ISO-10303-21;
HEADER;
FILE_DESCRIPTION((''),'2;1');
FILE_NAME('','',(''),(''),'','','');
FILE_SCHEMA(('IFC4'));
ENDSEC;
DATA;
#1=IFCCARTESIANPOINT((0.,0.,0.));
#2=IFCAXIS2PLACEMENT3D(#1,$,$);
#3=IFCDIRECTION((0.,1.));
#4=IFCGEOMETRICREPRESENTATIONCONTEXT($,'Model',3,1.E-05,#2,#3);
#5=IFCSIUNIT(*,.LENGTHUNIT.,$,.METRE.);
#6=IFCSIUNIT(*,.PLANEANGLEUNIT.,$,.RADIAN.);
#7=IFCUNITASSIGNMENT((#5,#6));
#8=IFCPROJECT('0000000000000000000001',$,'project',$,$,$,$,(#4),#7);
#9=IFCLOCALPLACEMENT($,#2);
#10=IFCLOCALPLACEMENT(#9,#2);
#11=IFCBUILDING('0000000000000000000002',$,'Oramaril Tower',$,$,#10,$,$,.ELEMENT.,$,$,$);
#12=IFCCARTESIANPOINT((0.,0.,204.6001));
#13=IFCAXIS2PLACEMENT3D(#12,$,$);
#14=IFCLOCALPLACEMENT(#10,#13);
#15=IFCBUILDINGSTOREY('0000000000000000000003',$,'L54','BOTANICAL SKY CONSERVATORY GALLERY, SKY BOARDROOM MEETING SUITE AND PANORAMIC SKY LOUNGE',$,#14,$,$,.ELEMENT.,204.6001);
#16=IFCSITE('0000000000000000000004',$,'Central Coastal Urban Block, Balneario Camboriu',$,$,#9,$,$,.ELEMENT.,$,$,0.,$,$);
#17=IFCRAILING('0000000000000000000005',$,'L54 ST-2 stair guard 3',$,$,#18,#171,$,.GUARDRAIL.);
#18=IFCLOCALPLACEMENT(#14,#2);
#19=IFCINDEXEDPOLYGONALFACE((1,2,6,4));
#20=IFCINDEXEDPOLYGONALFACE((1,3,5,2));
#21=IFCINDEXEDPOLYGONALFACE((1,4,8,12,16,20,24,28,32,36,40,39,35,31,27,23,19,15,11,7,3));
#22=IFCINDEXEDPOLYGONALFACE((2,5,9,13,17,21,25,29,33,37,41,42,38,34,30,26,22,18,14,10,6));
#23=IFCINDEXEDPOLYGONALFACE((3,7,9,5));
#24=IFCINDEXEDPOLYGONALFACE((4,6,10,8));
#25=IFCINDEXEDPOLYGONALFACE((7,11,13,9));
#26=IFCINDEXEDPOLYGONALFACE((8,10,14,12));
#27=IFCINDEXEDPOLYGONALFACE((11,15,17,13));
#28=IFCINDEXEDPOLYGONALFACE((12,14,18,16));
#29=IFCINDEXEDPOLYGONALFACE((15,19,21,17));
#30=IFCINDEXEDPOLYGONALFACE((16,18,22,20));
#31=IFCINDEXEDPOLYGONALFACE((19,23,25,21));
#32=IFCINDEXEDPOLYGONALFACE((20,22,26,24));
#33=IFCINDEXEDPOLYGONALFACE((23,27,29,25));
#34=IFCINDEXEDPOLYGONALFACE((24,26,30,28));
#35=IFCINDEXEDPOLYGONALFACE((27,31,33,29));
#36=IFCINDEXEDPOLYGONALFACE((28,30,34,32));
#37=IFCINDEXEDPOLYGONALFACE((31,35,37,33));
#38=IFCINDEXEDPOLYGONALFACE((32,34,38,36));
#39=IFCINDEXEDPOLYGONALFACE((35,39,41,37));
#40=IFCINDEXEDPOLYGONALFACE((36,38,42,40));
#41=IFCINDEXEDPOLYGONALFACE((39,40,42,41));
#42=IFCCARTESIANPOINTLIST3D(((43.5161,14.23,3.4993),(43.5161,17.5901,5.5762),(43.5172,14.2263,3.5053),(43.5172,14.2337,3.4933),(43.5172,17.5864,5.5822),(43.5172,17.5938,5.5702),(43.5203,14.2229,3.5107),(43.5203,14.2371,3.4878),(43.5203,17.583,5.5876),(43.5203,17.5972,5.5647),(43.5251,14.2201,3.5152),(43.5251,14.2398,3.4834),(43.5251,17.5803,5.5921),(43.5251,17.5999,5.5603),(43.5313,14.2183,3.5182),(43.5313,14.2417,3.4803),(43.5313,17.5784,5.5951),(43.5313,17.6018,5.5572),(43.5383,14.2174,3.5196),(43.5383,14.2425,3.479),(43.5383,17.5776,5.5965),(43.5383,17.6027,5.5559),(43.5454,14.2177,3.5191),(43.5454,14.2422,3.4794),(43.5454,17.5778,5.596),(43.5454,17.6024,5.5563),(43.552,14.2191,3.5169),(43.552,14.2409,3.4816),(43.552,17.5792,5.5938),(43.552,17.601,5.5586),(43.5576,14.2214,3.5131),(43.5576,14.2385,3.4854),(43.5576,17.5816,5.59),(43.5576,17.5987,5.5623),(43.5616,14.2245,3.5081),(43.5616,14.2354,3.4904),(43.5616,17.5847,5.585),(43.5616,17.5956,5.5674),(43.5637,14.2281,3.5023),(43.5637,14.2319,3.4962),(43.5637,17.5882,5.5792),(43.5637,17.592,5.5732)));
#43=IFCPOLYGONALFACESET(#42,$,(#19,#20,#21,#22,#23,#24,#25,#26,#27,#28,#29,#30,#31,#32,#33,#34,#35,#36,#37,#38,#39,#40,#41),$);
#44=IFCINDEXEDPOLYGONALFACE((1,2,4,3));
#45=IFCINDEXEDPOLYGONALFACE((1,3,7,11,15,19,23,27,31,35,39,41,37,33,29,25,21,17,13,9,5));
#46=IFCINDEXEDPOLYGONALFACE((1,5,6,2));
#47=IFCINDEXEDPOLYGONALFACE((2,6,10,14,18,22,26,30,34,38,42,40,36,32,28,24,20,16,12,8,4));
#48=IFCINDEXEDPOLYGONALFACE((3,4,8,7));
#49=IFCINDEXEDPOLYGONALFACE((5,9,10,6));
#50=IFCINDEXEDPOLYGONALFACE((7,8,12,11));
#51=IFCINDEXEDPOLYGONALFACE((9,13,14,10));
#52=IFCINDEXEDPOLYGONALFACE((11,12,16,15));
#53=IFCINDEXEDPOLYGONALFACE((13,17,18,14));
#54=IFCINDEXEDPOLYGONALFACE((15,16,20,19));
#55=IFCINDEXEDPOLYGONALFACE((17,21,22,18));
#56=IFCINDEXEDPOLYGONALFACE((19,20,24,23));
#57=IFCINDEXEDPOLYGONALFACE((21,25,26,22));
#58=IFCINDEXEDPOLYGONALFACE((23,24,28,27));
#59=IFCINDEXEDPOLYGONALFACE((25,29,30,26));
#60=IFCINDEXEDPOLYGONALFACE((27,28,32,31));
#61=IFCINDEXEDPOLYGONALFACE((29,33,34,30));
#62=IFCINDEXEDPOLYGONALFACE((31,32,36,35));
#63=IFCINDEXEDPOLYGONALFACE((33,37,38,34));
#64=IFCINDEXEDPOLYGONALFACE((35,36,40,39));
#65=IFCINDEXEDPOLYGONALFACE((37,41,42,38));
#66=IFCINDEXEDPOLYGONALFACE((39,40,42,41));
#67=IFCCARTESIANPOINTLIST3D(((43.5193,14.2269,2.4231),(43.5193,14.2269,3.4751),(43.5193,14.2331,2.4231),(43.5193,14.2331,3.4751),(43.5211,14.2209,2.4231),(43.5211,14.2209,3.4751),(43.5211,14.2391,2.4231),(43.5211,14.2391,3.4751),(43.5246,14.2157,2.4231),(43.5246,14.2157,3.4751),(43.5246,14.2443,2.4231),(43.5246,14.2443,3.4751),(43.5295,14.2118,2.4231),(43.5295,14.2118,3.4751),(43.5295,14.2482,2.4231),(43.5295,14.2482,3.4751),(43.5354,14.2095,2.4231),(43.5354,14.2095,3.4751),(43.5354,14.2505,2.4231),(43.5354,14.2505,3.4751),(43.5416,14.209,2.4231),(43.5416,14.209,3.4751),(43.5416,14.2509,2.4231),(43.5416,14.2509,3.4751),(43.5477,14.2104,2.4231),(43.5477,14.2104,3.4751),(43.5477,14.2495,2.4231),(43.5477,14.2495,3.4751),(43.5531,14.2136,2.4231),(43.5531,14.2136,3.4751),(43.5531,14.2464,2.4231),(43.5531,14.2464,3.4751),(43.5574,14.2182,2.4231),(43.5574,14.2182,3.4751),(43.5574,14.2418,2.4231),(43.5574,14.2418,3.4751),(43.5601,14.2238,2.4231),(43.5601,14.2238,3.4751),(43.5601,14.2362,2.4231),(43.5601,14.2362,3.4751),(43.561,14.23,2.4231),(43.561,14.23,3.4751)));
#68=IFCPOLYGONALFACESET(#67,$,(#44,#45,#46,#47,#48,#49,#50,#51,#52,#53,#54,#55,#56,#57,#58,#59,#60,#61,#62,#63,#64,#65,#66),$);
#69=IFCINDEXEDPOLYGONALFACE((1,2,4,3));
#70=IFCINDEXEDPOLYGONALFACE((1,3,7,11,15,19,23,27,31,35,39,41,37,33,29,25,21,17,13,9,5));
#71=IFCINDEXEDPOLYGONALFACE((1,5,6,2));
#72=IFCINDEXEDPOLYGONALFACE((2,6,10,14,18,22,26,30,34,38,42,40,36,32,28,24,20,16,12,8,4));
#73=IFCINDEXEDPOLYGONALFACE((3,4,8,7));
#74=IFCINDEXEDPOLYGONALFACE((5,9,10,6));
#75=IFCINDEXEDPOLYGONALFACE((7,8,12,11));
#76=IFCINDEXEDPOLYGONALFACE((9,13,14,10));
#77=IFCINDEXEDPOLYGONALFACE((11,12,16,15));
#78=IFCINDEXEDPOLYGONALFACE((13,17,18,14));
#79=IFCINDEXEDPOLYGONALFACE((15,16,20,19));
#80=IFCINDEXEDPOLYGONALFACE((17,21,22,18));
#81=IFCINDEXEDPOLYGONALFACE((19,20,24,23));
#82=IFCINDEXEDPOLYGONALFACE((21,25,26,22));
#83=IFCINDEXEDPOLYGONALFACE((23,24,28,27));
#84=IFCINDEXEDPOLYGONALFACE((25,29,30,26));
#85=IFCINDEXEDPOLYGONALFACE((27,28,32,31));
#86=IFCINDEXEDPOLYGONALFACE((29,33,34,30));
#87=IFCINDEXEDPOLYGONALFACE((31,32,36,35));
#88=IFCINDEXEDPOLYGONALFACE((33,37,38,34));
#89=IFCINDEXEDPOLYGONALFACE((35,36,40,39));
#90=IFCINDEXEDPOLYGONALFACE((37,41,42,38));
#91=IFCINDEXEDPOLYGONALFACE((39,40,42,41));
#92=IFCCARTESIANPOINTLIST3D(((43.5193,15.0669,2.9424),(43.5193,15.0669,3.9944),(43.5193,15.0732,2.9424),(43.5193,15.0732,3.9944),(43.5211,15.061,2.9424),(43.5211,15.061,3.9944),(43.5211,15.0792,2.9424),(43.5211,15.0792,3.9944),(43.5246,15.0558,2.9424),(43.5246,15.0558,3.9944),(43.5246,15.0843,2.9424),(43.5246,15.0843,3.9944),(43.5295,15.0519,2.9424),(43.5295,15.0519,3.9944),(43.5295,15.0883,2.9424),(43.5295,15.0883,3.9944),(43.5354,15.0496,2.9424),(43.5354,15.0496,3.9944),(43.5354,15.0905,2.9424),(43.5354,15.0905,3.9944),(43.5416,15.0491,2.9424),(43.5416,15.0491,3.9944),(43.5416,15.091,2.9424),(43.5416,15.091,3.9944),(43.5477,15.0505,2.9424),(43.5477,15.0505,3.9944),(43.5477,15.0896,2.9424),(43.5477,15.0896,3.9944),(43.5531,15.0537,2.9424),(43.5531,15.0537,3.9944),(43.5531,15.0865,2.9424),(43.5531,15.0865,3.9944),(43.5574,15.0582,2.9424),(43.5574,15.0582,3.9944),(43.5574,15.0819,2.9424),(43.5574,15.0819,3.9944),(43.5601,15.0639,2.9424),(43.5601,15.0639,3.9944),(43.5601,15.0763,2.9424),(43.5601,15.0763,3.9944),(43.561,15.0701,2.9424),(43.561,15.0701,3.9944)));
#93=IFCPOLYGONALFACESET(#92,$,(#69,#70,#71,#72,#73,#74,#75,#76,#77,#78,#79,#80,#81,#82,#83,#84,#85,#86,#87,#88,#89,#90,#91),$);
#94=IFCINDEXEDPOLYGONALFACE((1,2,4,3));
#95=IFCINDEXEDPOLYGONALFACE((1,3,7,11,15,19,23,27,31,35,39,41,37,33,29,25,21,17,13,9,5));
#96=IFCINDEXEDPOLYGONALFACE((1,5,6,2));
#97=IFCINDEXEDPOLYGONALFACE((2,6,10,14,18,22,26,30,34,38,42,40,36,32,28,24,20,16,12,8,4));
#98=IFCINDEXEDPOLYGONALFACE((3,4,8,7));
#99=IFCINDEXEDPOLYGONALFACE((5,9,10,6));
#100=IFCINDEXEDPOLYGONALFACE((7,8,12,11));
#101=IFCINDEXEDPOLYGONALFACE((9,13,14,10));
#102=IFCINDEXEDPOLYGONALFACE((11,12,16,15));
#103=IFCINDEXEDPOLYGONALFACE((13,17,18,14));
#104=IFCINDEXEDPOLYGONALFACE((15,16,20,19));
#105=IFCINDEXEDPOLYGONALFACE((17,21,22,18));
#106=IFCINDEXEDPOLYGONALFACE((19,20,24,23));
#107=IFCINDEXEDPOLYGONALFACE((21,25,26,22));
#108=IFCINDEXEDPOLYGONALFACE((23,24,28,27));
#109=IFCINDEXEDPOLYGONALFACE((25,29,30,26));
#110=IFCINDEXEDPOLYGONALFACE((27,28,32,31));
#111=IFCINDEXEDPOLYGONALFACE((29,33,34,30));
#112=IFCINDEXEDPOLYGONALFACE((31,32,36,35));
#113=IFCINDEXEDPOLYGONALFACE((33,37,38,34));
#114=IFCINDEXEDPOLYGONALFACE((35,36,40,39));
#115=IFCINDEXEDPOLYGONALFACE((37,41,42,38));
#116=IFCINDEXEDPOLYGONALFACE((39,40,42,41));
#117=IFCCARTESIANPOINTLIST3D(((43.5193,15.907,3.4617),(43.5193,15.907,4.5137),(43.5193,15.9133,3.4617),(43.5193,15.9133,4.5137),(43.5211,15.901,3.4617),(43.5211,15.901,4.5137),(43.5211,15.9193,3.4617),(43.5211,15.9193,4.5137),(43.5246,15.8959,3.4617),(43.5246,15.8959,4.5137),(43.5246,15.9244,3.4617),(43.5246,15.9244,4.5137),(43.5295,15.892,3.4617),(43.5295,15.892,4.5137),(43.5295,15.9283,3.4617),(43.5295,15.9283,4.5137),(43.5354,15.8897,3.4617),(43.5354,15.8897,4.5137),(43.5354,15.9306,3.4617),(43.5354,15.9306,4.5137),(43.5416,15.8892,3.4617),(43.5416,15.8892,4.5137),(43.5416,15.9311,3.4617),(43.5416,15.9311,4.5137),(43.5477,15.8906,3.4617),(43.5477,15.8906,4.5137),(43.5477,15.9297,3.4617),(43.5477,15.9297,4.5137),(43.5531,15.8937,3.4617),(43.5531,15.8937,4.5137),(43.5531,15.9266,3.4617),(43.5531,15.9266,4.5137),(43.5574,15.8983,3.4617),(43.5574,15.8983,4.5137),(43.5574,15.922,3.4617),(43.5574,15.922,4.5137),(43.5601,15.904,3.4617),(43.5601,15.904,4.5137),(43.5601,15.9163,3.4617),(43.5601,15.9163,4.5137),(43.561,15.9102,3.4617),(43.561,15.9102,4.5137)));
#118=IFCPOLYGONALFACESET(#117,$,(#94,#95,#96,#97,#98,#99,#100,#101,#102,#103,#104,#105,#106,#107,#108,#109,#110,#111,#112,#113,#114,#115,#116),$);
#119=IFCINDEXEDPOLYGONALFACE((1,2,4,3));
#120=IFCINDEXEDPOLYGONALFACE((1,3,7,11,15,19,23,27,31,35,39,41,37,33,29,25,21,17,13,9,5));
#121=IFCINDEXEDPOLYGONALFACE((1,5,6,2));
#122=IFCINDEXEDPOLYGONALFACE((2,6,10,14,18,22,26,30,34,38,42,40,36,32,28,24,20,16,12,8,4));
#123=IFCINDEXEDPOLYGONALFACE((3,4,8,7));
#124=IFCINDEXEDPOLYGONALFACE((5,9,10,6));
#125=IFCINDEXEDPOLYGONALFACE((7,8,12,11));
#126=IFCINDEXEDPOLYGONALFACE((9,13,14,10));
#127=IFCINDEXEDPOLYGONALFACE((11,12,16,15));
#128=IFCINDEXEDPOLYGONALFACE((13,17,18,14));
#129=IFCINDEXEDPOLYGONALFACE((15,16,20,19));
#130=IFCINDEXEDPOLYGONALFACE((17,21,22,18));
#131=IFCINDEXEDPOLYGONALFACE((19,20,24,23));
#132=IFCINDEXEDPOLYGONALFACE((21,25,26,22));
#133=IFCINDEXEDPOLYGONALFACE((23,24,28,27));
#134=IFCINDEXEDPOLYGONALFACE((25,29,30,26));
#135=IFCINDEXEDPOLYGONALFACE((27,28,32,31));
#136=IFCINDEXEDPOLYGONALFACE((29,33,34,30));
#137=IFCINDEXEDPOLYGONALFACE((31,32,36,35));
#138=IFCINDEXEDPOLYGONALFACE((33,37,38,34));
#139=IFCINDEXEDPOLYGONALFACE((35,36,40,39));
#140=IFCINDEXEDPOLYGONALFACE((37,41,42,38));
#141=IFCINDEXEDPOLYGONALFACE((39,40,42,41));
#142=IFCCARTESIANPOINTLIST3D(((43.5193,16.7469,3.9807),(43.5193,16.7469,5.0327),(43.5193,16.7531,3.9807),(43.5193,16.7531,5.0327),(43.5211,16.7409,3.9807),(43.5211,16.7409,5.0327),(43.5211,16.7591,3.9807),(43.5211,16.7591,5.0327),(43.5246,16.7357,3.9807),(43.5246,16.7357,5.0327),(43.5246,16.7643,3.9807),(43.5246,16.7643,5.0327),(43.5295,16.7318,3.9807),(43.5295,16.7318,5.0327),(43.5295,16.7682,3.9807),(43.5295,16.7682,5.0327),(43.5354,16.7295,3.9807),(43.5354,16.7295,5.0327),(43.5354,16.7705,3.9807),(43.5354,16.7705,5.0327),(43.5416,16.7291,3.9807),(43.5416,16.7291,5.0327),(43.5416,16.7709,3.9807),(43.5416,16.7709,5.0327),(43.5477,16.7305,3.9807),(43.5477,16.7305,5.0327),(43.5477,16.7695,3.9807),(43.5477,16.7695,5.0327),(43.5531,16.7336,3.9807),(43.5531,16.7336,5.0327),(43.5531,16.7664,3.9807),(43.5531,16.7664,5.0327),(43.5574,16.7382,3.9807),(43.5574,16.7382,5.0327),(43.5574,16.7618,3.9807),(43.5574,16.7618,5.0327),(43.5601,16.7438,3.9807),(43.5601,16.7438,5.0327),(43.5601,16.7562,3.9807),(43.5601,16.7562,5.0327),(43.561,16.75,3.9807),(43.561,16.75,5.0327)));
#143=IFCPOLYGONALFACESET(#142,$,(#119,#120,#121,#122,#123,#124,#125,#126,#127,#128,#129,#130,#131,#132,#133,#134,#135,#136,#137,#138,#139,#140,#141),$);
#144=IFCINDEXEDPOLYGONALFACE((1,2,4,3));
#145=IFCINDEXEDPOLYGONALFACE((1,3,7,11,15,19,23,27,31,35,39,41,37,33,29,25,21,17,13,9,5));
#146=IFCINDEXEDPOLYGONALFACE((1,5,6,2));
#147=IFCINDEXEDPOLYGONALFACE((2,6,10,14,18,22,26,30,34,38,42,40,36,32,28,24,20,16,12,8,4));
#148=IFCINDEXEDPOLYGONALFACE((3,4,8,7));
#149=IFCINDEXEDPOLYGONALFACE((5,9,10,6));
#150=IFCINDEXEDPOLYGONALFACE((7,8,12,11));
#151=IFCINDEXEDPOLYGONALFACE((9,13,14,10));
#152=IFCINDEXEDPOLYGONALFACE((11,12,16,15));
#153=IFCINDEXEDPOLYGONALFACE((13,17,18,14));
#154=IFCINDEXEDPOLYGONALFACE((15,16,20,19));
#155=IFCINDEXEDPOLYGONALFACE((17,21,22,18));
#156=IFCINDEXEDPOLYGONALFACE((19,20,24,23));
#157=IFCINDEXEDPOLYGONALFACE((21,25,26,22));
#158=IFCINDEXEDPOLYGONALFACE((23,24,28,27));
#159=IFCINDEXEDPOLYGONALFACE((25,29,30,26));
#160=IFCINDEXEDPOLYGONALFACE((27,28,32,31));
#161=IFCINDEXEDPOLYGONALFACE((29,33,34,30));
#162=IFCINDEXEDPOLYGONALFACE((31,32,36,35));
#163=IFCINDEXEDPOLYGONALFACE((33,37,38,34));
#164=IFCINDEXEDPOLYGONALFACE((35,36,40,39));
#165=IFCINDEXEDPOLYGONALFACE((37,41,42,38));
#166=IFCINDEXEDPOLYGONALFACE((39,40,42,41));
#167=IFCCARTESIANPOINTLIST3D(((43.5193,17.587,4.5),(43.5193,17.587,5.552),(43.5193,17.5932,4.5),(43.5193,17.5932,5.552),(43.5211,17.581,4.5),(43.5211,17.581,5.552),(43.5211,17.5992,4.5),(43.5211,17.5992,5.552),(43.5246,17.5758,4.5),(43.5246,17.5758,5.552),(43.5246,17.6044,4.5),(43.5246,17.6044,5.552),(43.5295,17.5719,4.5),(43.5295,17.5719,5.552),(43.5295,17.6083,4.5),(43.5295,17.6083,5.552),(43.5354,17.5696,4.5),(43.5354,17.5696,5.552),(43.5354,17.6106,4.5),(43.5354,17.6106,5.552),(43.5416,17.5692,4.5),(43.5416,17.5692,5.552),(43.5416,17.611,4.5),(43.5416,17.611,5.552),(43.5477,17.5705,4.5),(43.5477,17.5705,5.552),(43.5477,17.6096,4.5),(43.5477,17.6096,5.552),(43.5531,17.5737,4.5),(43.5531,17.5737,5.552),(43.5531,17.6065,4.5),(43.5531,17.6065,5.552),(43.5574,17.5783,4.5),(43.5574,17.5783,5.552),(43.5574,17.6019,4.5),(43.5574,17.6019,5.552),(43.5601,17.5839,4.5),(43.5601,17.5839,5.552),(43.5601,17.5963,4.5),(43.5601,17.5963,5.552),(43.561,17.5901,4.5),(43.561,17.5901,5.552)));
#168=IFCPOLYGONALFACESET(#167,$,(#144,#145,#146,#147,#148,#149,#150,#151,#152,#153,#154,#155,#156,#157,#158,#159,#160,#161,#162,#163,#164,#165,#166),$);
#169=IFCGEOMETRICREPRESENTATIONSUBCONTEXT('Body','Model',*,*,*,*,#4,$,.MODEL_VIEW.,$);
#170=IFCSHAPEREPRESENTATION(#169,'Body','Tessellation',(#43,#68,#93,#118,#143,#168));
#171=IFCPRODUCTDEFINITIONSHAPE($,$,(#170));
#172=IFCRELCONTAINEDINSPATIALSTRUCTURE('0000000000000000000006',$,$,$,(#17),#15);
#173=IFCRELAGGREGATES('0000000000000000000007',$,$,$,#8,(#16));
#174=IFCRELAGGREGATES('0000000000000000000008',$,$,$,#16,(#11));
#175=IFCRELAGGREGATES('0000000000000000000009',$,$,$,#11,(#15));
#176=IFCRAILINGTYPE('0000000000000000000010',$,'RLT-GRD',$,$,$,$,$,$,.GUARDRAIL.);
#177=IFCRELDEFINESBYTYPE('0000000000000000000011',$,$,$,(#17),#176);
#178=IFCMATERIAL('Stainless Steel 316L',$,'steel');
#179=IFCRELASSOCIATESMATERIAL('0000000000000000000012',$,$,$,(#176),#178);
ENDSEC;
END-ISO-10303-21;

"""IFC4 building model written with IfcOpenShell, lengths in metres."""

from ifc_helpers import new_model, si_unit, direction, frame, origin, origin_2d, place, context, subcontext, project, spatial, circle, extrude, material, type_object, element, save


model = new_model("IFC4")

# Units and contexts
model_context = context("Model", 3, precision=1e-05, world=origin(), true_north=direction((0.0, 1.0)))
body_context = subcontext(model_context, "Body", "Model", "MODEL_VIEW")
ifc_project = project(units=[si_unit("LENGTHUNIT", "METRE"), si_unit("PLANEANGLEUNIT", "RADIAN")], contexts=[model_context])

# Site, building, storey
site_placement = place(None, origin())
site = spatial("IfcSite", under=ifc_project, at=site_placement, Name="Central Coastal Urban Block, Balneario Camboriu", CompositionType="ELEMENT", RefElevation=0.0)
building_placement = place(site_placement, origin())
building = spatial("IfcBuilding", under=site, at=building_placement, Name="Oramaril Tower", CompositionType="ELEMENT")
storey_placement = place(building_placement, frame((0.0, 0.0, 204.6001)))
storey = spatial("IfcBuildingStorey", under=building, at=storey_placement, Name="L54", Description="BOTANICAL SKY CONSERVATORY GALLERY, SKY BOARDROOM MEETING SUITE AND PANORAMIC SKY LOUNGE", CompositionType="ELEMENT", Elevation=204.6001)

# Railing
ifc_material_1 = material(Name="Stainless Steel 316L", Category="steel")
railing_type_1 = type_object("IfcRailingType", Name="RLT-GRD", PredefinedType="GUARDRAIL", material=ifc_material_1)
railing_1_placement = place(storey_placement, frame((43.54, 14.23, 2.4231)))
element("IfcRailing", 1, at=railing_1_placement, inside=storey, type_object=railing_type_1, Name="L54 ST-2 stair guard 3", PredefinedType="GUARDRAIL", context=body_context, shape_type="SweptSolid", body=[
    extrude(circle(Radius=0.0239, at=origin_2d()), frame((0.0, 0.0, 1.0762), z_axis=(0.0, 0.850623, 0.525776), x_axis=(-1.0, 0.0, 0.0)), (0.0, 0.0, 1.0), 3.9502),
    extrude(circle(Radius=0.021, at=origin_2d()), origin(), (0.0, 0.0, 1.0), 1.052),
    extrude(circle(Radius=0.021, at=origin_2d()), frame((0.0, 0.8401, 0.5193)), (0.0, 0.0, 1.0), 1.052),
    extrude(circle(Radius=0.021, at=origin_2d()), frame((0.0, 1.6802, 1.0386)), (0.0, 0.0, 1.0), 1.052),
    extrude(circle(Radius=0.021, at=origin_2d()), frame((0.0, 2.52, 1.5576)), (0.0, 0.0, 1.0), 1.052),
    extrude(circle(Radius=0.021, at=origin_2d()), frame((0.0, 3.3601, 2.0769)), (0.0, 0.0, 1.0), 1.052),
])

save(model, "model.ifc")
